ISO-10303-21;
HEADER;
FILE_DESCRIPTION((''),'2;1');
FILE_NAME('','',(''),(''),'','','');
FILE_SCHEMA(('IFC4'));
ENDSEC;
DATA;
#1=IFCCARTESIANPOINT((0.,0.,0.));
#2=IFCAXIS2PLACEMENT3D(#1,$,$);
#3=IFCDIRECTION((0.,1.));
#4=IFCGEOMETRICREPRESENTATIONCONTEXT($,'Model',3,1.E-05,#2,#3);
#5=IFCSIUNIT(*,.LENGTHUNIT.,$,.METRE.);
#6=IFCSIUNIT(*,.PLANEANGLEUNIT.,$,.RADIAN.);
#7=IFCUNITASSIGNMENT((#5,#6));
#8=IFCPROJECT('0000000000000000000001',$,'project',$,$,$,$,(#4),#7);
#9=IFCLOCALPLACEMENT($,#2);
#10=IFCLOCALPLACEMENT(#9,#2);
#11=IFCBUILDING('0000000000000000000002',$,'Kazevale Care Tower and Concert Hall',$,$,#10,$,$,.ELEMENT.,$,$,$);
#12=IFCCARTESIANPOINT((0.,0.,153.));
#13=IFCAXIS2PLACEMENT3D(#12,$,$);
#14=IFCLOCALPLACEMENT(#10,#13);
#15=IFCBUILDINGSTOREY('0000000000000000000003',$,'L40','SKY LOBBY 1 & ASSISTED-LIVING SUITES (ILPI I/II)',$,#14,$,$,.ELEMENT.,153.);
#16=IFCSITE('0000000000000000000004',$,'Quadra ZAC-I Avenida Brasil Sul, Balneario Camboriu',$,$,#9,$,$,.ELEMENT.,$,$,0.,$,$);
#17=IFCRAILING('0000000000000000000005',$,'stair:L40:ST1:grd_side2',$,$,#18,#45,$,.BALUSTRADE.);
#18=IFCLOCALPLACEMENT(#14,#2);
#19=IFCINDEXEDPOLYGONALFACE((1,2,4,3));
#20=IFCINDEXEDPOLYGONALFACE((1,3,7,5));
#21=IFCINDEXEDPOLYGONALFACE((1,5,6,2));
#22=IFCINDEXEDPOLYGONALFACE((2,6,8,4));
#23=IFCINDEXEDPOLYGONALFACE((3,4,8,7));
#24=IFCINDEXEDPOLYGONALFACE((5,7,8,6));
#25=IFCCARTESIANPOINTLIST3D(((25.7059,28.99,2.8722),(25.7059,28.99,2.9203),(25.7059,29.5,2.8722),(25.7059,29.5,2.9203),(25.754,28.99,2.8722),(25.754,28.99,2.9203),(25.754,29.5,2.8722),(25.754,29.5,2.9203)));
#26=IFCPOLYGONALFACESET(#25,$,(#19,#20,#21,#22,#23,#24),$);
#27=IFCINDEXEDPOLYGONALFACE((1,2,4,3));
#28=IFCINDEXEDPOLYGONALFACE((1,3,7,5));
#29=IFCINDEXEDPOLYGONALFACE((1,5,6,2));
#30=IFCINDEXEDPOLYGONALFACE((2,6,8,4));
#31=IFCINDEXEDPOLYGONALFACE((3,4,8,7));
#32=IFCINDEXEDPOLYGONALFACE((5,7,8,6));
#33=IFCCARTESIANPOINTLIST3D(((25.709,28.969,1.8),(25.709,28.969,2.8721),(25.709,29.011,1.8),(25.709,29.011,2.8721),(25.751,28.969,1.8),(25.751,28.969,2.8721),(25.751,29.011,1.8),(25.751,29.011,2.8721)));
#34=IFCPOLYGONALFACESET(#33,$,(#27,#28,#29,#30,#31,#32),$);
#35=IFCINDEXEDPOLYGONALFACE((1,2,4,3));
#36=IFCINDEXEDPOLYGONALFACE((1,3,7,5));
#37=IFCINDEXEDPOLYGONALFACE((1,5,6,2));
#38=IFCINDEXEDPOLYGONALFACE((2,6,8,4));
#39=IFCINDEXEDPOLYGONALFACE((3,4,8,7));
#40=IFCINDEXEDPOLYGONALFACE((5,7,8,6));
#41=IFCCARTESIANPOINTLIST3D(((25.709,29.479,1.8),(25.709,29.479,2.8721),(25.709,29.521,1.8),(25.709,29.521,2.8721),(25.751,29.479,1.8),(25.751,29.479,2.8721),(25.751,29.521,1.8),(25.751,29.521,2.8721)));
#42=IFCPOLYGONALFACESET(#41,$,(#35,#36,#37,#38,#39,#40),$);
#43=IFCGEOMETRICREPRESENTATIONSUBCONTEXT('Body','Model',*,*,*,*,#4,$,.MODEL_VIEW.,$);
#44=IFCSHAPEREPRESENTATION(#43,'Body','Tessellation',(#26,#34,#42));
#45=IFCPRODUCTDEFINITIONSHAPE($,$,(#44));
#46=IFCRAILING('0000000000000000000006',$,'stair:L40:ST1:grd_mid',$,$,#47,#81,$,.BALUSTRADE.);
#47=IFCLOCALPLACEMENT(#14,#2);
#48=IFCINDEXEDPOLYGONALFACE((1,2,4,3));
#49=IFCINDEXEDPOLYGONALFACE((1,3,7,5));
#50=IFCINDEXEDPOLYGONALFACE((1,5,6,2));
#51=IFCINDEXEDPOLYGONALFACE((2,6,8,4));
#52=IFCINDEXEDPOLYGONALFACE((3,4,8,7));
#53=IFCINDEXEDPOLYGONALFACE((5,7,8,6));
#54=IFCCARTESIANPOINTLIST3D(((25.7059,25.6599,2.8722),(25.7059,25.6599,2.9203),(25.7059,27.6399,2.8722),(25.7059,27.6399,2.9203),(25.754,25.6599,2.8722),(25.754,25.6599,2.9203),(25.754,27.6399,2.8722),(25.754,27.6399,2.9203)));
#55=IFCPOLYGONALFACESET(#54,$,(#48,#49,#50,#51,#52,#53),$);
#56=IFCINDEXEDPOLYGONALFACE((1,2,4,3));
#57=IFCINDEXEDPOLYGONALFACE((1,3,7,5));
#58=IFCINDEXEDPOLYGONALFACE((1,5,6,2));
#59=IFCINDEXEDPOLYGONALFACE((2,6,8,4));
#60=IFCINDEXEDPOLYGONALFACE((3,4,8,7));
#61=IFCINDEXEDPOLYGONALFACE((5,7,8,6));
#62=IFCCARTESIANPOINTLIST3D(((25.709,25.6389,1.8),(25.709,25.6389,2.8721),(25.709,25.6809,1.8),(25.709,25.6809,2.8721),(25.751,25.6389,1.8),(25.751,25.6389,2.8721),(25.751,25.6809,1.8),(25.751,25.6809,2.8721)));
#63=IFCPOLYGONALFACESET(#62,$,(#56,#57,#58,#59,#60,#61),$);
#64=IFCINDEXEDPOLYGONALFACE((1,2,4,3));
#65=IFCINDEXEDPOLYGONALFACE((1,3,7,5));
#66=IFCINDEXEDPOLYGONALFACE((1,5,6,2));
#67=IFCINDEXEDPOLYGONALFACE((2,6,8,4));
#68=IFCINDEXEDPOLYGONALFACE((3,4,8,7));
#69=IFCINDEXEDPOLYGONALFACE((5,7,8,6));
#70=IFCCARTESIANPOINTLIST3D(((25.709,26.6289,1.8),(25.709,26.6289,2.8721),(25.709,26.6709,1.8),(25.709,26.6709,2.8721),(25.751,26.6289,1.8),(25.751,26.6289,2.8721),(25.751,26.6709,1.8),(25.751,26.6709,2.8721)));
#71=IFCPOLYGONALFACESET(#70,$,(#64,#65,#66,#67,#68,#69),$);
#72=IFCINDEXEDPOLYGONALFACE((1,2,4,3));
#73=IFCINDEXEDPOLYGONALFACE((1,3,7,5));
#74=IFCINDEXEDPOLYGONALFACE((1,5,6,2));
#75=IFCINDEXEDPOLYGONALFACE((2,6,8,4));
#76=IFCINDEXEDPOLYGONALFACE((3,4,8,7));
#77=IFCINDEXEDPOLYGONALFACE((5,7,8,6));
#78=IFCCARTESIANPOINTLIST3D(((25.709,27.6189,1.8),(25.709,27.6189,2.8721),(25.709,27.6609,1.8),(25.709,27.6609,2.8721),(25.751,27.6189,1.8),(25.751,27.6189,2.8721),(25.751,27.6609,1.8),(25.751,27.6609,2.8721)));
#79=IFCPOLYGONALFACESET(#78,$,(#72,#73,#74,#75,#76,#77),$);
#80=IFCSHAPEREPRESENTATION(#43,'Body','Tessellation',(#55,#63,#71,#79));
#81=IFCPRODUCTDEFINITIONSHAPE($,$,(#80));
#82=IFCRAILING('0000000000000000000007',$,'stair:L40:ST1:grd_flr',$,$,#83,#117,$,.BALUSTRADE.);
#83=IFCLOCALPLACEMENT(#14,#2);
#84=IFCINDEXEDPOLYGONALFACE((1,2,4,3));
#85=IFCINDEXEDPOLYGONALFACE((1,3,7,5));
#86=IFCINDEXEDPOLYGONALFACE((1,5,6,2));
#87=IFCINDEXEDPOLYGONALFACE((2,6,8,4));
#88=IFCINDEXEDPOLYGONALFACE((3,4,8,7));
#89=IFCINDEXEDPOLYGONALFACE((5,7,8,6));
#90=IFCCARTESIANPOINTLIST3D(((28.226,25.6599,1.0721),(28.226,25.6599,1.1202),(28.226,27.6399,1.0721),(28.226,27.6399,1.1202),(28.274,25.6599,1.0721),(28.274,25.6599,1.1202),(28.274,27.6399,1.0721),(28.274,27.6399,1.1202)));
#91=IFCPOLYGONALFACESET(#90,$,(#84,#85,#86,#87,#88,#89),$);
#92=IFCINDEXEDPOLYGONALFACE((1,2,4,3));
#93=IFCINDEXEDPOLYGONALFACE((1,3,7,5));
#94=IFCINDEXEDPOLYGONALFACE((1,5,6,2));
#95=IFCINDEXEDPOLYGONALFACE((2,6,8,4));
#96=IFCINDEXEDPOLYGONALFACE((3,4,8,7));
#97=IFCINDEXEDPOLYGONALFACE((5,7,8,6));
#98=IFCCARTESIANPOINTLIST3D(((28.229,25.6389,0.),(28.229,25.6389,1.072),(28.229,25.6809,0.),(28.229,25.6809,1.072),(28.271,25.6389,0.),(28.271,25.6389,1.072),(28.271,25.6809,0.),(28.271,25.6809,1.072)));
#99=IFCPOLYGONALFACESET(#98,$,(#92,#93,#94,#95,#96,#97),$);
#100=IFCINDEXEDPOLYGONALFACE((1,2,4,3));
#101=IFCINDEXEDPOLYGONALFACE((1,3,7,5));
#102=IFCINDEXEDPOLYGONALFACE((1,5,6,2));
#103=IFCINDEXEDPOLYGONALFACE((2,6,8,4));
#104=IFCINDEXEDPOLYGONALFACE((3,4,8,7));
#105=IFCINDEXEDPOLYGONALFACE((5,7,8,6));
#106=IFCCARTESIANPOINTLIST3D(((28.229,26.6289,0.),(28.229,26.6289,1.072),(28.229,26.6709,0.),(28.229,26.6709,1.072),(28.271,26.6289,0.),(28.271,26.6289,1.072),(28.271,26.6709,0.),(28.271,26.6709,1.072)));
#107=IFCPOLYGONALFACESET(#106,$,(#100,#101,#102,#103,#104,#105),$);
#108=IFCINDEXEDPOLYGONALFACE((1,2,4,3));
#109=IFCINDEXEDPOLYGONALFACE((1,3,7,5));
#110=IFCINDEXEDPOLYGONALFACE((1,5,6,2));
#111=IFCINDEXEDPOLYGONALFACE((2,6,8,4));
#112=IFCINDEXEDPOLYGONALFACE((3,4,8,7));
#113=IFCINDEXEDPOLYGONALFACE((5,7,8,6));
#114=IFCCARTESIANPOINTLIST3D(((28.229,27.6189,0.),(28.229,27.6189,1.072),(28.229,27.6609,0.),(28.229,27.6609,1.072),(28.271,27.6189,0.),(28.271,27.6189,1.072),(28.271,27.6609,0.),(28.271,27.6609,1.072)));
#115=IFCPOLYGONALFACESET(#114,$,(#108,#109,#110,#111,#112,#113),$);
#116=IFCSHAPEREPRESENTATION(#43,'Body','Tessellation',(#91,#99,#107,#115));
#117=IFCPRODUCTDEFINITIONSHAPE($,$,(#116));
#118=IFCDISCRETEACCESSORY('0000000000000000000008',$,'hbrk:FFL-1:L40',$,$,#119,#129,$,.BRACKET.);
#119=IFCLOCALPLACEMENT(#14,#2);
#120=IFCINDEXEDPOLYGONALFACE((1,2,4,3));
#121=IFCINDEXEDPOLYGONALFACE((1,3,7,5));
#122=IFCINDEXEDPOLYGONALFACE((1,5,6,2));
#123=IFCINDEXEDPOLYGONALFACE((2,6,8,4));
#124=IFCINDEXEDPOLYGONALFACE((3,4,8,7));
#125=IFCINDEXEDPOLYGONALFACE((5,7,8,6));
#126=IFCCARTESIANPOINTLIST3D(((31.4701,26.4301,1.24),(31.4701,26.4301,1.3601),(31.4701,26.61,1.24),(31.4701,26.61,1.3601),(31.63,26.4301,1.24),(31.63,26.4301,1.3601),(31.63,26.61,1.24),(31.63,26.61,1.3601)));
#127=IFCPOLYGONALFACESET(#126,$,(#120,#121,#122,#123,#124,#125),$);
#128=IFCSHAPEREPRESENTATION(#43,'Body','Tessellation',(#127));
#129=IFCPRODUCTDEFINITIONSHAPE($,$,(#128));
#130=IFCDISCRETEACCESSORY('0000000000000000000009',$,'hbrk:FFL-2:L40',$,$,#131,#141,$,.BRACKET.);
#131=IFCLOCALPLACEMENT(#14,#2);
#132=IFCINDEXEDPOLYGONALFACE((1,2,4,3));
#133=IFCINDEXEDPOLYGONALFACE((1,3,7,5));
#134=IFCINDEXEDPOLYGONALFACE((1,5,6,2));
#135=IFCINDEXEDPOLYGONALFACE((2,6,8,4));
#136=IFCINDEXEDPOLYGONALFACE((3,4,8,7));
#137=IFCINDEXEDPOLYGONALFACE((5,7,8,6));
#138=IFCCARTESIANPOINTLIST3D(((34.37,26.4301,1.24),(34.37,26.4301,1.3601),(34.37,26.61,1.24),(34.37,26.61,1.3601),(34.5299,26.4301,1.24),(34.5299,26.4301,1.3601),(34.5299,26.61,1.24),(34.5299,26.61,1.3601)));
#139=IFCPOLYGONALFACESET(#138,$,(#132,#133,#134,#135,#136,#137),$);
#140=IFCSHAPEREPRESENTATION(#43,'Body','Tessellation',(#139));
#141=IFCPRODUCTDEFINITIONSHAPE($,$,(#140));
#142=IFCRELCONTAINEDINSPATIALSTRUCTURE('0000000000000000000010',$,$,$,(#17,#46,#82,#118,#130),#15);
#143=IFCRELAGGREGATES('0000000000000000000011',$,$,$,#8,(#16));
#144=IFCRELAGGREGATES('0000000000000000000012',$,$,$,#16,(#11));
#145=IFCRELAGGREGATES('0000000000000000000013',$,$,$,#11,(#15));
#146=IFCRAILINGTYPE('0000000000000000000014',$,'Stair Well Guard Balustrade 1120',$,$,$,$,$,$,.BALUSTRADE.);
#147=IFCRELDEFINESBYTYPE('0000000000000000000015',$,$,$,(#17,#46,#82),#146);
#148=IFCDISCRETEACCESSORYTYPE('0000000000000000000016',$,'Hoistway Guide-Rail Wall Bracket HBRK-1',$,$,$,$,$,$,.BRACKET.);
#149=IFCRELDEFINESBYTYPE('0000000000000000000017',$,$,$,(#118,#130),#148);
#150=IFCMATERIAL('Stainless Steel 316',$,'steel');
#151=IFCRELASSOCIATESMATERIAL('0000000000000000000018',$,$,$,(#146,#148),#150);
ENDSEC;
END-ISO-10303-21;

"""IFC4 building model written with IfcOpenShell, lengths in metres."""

from ifc_helpers import new_model, si_unit, direction, frame, origin, origin_2d, place, context, subcontext, project, spatial, rectangle, extrude, material, type_object, element, save


model = new_model("IFC4")

# Units and contexts
model_context = context("Model", 3, precision=1e-05, world=origin(), true_north=direction((0.0, 1.0)))
body_context = subcontext(model_context, "Body", "Model", "MODEL_VIEW")
ifc_project = project(units=[si_unit("LENGTHUNIT", "METRE"), si_unit("PLANEANGLEUNIT", "RADIAN")], contexts=[model_context])

# Site, building, storey
site_placement = place(None, origin())
site = spatial("IfcSite", under=ifc_project, at=site_placement, Name="Quadra ZAC-I Avenida Brasil Sul, Balneario Camboriu", CompositionType="ELEMENT", RefElevation=0.0)
building_placement = place(site_placement, origin())
building = spatial("IfcBuilding", under=site, at=building_placement, Name="Kazevale Care Tower and Concert Hall", CompositionType="ELEMENT")
storey_placement = place(building_placement, frame((0.0, 0.0, 153.0)))
storey = spatial("IfcBuildingStorey", under=building, at=storey_placement, Name="L40", Description="SKY LOBBY 1 & ASSISTED-LIVING SUITES (ILPI I/II)", CompositionType="ELEMENT", Elevation=153.0)

# Shared definitions
ifc_material_1 = material(Name="Stainless Steel 316", Category="steel")

# Railings
railing_type_1 = type_object("IfcRailingType", Name="Stair Well Guard Balustrade 1120", PredefinedType="BALUSTRADE", material=ifc_material_1)
railing_1_placement = place(storey_placement, frame((25.73, 28.99, 1.8)))
element("IfcRailing", 1, at=railing_1_placement, inside=storey, type_object=railing_type_1, Name="stair:L40:ST1:grd_side2", PredefinedType="BALUSTRADE", context=body_context, shape_type="SweptSolid", body=[
    extrude(rectangle(XDim=0.0481, YDim=0.0481, at=origin_2d()), frame((0.0, 0.0, 1.0962), z_axis=(0.0, 1.0, 0.0), x_axis=(-1.0, 0.0, 0.0)), (0.0, 0.0, 1.0), 0.51),
    extrude(rectangle(XDim=0.042, YDim=0.042, at=origin_2d()), origin(), (0.0, 0.0, 1.0), 1.072),
    extrude(rectangle(XDim=0.042, YDim=0.042, at=origin_2d()), frame((0.0, 0.51, 0.0)), (0.0, 0.0, 1.0), 1.072),
])
for number, where, name in (
    (2, (25.73, 25.6599, 1.8), "stair:L40:ST1:grd_mid"),
    (3, (28.25, 25.6599, 0.0), "stair:L40:ST1:grd_flr"),
):
    element("IfcRailing", number, at=place(storey_placement, frame(where)), inside=storey, type_object=railing_type_1, Name=name, PredefinedType="BALUSTRADE", context=body_context, shape_type="SweptSolid", body=[
        extrude(rectangle(XDim=0.0481, YDim=0.0481, at=origin_2d()), frame((0.0, 0.0, 1.0962), z_axis=(0.0, 1.0, 0.0), x_axis=(-1.0, 0.0, 0.0)), (0.0, 0.0, 1.0), 1.98),
        extrude(rectangle(XDim=0.042, YDim=0.042, at=origin_2d()), origin(), (0.0, 0.0, 1.0), 1.072),
        extrude(rectangle(XDim=0.042, YDim=0.042, at=origin_2d()), frame((0.0, 0.99, 0.0)), (0.0, 0.0, 1.0), 1.072),
        extrude(rectangle(XDim=0.042, YDim=0.042, at=origin_2d()), frame((0.0, 1.98, 0.0)), (0.0, 0.0, 1.0), 1.072),
    ])

# Discrete accessories
discrete_accessory_type = type_object("IfcDiscreteAccessoryType", Name="Hoistway Guide-Rail Wall Bracket HBRK-1", PredefinedType="BRACKET", material=ifc_material_1)
for number, where, z_axis, x_axis, name in (
    (4, (31.55, 26.52, 1.24), (0.0, 0.0, 1.0), (1.0, 0.0, 0.0), "hbrk:FFL-1:L40"),
    (5, (34.45, 26.52, 1.24), (0.0, 0.0, 1.0), (1.0, 0.0, 0.0), "hbrk:FFL-2:L40"),
):
    element("IfcDiscreteAccessory", number, at=place(storey_placement, frame(where, z_axis=z_axis, x_axis=x_axis)), inside=storey, type_object=discrete_accessory_type, Name=name, PredefinedType="BRACKET", context=body_context, shape_type="SweptSolid", body=[
        extrude(rectangle(XDim=0.1599, YDim=0.1799, at=origin_2d()), origin(), (0.0, 0.0, 1.0), 0.1201),
    ])

save(model, "model.ifc")
